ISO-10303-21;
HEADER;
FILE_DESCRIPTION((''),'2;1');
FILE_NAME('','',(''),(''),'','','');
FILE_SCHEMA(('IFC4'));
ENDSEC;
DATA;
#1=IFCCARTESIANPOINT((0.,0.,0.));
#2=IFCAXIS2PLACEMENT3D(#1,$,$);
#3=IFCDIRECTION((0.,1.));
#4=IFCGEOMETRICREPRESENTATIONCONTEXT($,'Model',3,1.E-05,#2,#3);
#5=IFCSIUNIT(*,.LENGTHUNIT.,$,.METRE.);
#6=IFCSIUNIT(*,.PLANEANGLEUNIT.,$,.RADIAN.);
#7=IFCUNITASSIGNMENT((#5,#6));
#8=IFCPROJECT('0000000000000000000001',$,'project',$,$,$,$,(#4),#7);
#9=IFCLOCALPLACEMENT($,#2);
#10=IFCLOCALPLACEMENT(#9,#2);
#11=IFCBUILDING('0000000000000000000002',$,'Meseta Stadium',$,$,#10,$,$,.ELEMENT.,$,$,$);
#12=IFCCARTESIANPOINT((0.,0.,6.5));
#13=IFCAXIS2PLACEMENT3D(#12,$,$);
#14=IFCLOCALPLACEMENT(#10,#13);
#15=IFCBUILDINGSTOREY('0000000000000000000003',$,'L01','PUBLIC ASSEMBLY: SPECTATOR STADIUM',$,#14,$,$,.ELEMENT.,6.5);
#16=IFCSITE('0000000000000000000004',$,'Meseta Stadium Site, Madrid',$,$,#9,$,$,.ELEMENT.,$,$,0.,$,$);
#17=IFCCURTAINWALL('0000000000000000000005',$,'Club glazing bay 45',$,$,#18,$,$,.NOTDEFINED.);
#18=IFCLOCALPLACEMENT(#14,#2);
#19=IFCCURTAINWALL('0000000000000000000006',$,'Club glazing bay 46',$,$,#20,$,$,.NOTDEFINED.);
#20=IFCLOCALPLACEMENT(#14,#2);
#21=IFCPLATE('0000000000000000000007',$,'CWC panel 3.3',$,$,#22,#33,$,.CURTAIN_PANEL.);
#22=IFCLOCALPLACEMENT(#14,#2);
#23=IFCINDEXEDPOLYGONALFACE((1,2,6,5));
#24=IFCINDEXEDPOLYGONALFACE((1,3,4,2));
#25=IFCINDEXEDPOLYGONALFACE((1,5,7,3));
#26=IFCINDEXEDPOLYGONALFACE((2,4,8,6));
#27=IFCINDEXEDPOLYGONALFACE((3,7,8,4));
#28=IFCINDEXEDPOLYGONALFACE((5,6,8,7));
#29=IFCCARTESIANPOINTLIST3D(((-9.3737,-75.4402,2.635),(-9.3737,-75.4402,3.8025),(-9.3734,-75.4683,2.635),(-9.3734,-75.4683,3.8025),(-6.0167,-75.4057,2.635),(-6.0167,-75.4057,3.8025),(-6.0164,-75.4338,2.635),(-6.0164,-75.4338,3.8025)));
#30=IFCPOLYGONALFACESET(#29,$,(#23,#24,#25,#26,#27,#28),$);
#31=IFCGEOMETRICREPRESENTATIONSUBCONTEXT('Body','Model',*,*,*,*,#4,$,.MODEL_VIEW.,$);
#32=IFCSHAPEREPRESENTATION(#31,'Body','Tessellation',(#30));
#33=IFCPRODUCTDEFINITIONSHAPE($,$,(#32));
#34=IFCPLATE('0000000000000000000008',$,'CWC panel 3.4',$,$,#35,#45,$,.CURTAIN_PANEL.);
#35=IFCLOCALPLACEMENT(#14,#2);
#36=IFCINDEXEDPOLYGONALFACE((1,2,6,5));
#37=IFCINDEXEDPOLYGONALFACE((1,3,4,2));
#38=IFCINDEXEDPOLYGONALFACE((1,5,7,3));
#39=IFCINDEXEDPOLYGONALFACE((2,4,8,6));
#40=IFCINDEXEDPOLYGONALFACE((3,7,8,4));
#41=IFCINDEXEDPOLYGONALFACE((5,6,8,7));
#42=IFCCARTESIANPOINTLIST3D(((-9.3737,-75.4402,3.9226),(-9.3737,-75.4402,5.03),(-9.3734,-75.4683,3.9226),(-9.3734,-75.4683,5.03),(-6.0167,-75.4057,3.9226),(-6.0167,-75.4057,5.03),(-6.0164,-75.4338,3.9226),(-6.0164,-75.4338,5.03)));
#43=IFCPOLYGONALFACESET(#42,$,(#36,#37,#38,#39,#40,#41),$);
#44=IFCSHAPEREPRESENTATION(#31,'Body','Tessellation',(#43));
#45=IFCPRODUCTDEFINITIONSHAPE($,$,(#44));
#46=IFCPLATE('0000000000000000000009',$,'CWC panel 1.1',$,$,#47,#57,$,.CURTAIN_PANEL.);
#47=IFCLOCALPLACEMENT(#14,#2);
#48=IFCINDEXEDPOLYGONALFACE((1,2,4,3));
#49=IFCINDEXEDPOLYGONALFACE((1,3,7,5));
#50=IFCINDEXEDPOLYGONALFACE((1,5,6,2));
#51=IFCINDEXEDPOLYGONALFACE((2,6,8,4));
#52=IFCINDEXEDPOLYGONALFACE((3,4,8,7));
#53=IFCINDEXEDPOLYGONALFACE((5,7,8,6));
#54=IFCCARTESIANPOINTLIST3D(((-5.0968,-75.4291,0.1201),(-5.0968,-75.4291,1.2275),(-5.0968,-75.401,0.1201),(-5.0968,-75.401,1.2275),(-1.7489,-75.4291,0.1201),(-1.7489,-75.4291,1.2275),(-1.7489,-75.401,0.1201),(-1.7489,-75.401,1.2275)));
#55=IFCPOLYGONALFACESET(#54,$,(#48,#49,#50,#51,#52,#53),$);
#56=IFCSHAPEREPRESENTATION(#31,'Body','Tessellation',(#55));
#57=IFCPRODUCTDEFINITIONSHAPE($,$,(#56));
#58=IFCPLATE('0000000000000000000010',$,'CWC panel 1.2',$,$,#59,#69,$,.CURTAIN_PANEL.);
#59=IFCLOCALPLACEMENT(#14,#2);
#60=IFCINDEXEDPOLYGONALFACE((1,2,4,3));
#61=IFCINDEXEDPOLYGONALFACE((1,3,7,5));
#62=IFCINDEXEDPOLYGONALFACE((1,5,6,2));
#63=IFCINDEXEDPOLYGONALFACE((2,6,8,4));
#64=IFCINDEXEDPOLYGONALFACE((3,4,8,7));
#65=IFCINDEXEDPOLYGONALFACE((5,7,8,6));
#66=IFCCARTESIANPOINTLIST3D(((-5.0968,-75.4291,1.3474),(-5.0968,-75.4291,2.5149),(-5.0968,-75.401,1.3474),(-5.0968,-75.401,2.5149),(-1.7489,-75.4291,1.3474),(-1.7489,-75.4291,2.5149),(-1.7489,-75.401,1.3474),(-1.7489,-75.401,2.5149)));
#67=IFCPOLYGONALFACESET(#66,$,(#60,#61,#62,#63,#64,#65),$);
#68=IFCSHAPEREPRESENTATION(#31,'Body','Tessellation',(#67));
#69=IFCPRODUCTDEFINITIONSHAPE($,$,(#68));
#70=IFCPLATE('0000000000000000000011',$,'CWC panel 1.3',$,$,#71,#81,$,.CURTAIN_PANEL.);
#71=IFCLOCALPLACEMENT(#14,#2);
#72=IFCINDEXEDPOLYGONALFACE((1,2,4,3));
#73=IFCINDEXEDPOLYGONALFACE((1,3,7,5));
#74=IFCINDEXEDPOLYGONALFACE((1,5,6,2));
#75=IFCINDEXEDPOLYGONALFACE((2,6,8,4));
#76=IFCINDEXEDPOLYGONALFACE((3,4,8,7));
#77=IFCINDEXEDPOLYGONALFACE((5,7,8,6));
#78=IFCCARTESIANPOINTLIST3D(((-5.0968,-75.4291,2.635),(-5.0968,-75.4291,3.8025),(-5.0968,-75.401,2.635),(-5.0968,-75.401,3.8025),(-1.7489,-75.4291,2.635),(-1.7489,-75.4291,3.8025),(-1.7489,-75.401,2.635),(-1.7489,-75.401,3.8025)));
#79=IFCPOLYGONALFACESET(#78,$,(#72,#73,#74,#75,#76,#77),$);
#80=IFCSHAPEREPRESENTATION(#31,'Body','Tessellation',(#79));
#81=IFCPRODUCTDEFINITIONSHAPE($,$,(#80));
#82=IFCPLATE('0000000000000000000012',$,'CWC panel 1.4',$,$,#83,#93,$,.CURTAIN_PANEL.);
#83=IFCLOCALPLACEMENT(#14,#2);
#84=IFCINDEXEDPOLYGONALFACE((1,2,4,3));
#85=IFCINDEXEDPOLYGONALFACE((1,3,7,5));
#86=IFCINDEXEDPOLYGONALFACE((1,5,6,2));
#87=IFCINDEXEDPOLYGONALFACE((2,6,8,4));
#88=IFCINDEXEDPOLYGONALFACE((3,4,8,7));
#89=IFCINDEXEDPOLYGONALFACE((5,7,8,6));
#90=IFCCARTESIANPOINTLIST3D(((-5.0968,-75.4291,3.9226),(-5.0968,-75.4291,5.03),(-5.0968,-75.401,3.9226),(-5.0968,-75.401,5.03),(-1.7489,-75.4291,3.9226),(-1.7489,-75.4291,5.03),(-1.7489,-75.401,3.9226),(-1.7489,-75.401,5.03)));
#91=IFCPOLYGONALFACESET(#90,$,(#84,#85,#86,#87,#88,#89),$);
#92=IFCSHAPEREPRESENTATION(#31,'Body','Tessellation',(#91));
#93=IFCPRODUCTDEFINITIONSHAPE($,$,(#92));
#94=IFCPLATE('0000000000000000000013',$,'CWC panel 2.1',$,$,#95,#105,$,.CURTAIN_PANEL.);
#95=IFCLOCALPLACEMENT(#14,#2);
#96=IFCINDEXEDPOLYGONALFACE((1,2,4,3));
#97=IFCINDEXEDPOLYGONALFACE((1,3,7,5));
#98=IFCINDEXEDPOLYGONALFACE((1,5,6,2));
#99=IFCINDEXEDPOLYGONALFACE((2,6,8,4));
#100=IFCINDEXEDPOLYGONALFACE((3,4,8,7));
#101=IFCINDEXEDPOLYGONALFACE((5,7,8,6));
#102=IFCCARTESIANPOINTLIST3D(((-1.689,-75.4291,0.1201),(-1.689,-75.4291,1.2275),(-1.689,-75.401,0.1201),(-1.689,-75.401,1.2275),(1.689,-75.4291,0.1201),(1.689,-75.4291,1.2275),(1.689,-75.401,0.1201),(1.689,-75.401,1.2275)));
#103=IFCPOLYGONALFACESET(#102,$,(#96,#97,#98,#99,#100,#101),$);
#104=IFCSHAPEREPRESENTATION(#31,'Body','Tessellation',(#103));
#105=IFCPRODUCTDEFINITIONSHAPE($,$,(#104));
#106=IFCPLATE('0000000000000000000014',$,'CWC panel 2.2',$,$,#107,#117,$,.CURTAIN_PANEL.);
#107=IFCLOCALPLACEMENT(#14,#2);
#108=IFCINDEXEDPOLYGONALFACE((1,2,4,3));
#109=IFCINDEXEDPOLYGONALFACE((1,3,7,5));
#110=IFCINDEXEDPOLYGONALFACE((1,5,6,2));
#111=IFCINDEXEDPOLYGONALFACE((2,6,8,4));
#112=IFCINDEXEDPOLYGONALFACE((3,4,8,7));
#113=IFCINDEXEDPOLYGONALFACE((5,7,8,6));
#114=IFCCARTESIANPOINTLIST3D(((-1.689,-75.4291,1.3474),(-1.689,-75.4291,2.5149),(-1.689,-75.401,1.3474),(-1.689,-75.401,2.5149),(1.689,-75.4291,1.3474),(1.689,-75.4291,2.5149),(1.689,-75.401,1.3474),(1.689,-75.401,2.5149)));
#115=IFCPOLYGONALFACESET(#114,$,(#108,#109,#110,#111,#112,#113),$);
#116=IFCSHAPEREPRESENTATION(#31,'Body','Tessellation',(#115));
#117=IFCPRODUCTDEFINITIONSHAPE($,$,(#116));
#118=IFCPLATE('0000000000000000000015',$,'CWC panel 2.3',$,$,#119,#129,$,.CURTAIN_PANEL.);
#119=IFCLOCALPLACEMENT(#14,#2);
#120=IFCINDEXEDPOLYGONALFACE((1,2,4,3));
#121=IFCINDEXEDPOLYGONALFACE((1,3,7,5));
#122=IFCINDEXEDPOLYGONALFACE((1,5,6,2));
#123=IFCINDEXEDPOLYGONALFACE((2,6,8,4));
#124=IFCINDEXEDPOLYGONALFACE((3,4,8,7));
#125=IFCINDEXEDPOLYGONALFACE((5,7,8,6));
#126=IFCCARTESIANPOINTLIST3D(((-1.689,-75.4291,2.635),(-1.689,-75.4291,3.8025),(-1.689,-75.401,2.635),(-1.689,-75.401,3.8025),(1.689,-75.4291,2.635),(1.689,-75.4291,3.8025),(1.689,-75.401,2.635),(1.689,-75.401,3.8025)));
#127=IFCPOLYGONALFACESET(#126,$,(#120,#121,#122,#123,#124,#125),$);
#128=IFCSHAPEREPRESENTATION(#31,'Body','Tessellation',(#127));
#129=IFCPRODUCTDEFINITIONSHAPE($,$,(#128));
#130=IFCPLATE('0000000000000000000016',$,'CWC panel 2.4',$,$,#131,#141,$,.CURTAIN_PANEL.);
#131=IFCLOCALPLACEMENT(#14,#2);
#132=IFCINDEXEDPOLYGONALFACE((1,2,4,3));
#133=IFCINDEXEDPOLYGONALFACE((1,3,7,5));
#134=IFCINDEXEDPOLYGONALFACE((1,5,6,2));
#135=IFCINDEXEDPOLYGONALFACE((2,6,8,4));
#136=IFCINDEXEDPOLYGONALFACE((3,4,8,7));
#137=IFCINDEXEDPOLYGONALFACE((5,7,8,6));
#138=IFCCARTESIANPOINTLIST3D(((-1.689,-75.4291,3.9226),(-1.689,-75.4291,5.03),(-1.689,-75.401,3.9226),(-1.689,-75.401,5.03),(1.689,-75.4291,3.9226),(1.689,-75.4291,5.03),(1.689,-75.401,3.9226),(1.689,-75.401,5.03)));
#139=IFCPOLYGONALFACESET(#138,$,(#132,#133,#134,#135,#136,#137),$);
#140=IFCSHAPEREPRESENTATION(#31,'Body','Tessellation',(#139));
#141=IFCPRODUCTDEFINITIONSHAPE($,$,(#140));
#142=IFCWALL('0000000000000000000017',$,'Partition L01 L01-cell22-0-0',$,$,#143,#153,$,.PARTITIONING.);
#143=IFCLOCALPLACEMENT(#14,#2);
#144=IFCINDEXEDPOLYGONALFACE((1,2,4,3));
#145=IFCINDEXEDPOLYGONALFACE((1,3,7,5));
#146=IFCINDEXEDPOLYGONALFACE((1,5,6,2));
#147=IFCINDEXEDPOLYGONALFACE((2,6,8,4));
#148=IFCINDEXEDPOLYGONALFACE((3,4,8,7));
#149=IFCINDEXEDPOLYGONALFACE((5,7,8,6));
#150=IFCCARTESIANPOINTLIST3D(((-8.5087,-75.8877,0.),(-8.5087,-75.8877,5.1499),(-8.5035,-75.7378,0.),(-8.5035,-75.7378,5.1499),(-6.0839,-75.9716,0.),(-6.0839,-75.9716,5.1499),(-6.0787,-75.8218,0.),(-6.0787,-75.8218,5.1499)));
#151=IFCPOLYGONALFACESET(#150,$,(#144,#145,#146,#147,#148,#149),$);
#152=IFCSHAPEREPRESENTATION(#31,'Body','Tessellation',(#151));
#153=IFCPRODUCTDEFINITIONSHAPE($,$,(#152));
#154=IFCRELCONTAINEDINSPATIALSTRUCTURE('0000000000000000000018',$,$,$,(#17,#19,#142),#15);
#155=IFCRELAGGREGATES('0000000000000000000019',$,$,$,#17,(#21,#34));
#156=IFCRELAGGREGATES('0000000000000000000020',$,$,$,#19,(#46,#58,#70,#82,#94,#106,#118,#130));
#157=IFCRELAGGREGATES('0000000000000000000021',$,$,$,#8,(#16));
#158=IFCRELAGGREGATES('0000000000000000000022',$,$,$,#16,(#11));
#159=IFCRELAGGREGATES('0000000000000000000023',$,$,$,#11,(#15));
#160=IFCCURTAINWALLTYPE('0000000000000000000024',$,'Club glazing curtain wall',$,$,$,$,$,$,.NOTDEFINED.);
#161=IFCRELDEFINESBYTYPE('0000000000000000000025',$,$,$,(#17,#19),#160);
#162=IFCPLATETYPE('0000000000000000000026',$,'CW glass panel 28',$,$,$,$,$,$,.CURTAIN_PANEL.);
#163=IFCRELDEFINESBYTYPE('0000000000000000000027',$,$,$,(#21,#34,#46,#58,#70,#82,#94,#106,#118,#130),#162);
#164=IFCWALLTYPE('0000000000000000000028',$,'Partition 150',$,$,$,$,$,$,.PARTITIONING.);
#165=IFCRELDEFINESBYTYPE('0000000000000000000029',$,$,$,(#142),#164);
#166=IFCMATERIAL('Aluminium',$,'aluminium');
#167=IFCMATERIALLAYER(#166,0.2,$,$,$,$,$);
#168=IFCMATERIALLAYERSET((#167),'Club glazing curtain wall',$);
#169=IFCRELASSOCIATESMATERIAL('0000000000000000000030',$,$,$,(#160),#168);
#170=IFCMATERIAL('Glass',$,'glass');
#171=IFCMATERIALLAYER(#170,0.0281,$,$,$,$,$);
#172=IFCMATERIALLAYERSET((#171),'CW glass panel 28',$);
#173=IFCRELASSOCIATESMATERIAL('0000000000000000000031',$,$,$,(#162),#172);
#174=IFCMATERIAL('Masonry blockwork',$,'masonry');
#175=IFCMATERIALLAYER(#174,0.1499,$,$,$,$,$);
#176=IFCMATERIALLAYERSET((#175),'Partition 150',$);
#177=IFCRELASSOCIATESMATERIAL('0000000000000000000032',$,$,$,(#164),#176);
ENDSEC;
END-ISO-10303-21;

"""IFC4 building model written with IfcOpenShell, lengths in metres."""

from ifc_helpers import new_model, si_unit, direction, frame, frame_2d, origin, origin_2d, place, context, subcontext, project, spatial, rectangle, extrude, material, layer, layer_set, type_object, element, aggregate, save


model = new_model("IFC4")

# Units and contexts
model_context = context("Model", 3, precision=1e-05, world=origin(), true_north=direction((0.0, 1.0)))
body_context = subcontext(model_context, "Body", "Model", "MODEL_VIEW")
ifc_project = project(units=[si_unit("LENGTHUNIT", "METRE"), si_unit("PLANEANGLEUNIT", "RADIAN")], contexts=[model_context])

# Site, building, storey
site_placement = place(None, origin())
site = spatial("IfcSite", under=ifc_project, at=site_placement, Name="Meseta Stadium Site, Madrid", CompositionType="ELEMENT", RefElevation=0.0)
building_placement = place(site_placement, origin())
building = spatial("IfcBuilding", under=site, at=building_placement, Name="Meseta Stadium", CompositionType="ELEMENT")
storey_placement = place(building_placement, frame((0.0, 0.0, 6.5)))
storey = spatial("IfcBuildingStorey", under=building, at=storey_placement, Name="L01", Description="PUBLIC ASSEMBLY: SPECTATOR STADIUM", CompositionType="ELEMENT", Elevation=6.5)

# Curtain walls
ifc_material_1 = material(Name="Aluminium", Category="aluminium")
ifc_layer_1 = layer(ifc_material_1, 0.2)
ifc_layer_set_1 = layer_set([ifc_layer_1], Name="Club glazing curtain wall")
curtain_wall_type = type_object("IfcCurtainWallType", Name="Club glazing curtain wall", PredefinedType="NOTDEFINED", material=ifc_layer_set_1)
curtain_wall_1_placement = place(storey_placement, origin())
curtain_wall_1 = element("IfcCurtainWall", 1, at=curtain_wall_1_placement, inside=storey, type_object=curtain_wall_type, Name="Club glazing bay 45", PredefinedType="NOTDEFINED")
curtain_wall_2_placement = place(storey_placement, origin())
curtain_wall_2 = element("IfcCurtainWall", 2, at=curtain_wall_2_placement, inside=storey, type_object=curtain_wall_type, Name="Club glazing bay 46", PredefinedType="NOTDEFINED")

# Plates
ifc_material_2 = material(Name="Glass", Category="glass")
ifc_layer_2 = layer(ifc_material_2, 0.0281)
ifc_layer_set_2 = layer_set([ifc_layer_2], Name="CW glass panel 28")
plate_type = type_object("IfcPlateType", Name="CW glass panel 28", PredefinedType="CURTAIN_PANEL", material=ifc_layer_set_2)
plate_1_placement = place(storey_placement, frame((-7.6951, -75.437, 2.635), z_axis=(0.0, 0.0, 1.0), x_axis=(0.999947, 0.010279, 0.0)))
plate_1 = element("IfcPlate", 3, at=plate_1_placement, type_object=plate_type, Name="CWC panel 3.3", PredefinedType="CURTAIN_PANEL", context=body_context, shape_type="SweptSolid", body=[
    extrude(rectangle(XDim=3.3572, YDim=0.0281, at=origin_2d()), origin(), (0.0, 0.0, 1.0), 1.1675),
])
plate_2_placement = place(storey_placement, frame((-7.6951, -75.437, 3.9226), z_axis=(0.0, 0.0, 1.0), x_axis=(0.999947, 0.010279, 0.0)))
plate_2 = element("IfcPlate", 4, at=plate_2_placement, type_object=plate_type, Name="CWC panel 3.4", PredefinedType="CURTAIN_PANEL", context=body_context, shape_type="SweptSolid", body=[
    extrude(rectangle(XDim=3.3572, YDim=0.0281, at=origin_2d()), origin(), (0.0, 0.0, 1.0), 1.1074),
])
aggregate(curtain_wall_1, [plate_1, plate_2])
plate_3_placement = place(storey_placement, frame((-3.4229, -75.415, 0.1201), z_axis=(0.0, 0.0, 1.0), x_axis=(1.0, 0.0, 0.0)))
plate_3 = element("IfcPlate", 5, at=plate_3_placement, type_object=plate_type, Name="CWC panel 1.1", PredefinedType="CURTAIN_PANEL", context=body_context, shape_type="SweptSolid", body=[
    extrude(rectangle(XDim=3.3479, YDim=0.0281, at=origin_2d()), origin(), (0.0, 0.0, 1.0), 1.1074),
])
plate_4_placement = place(storey_placement, frame((-3.4229, -75.415, 1.3474), z_axis=(0.0, 0.0, 1.0), x_axis=(1.0, 0.0, 0.0)))
plate_4 = element("IfcPlate", 6, at=plate_4_placement, type_object=plate_type, Name="CWC panel 1.2", PredefinedType="CURTAIN_PANEL", context=body_context, shape_type="SweptSolid", body=[
    extrude(rectangle(XDim=3.3479, YDim=0.0281, at=origin_2d()), origin(), (0.0, 0.0, 1.0), 1.1675),
])
plate_5_placement = place(storey_placement, frame((-3.4229, -75.415, 2.635), z_axis=(0.0, 0.0, 1.0), x_axis=(1.0, 0.0, 0.0)))
plate_5 = element("IfcPlate", 7, at=plate_5_placement, type_object=plate_type, Name="CWC panel 1.3", PredefinedType="CURTAIN_PANEL", context=body_context, shape_type="SweptSolid", body=[
    extrude(rectangle(XDim=3.3479, YDim=0.0281, at=origin_2d()), origin(), (0.0, 0.0, 1.0), 1.1675),
])
plate_6_placement = place(storey_placement, frame((-3.4229, -75.415, 3.9226), z_axis=(0.0, 0.0, 1.0), x_axis=(1.0, 0.0, 0.0)))
plate_6 = element("IfcPlate", 8, at=plate_6_placement, type_object=plate_type, Name="CWC panel 1.4", PredefinedType="CURTAIN_PANEL", context=body_context, shape_type="SweptSolid", body=[
    extrude(rectangle(XDim=3.3479, YDim=0.0281, at=origin_2d()), origin(), (0.0, 0.0, 1.0), 1.1074),
])
plate_7_placement = place(storey_placement, frame((0.0, -75.415, 0.1201), z_axis=(0.0, 0.0, 1.0), x_axis=(1.0, 0.0, 0.0)))
plate_7 = element("IfcPlate", 9, at=plate_7_placement, type_object=plate_type, Name="CWC panel 2.1", PredefinedType="CURTAIN_PANEL", context=body_context, shape_type="SweptSolid", body=[
    extrude(rectangle(XDim=3.3779, YDim=0.0281, at=origin_2d()), origin(), (0.0, 0.0, 1.0), 1.1074),
])
plate_8_placement = place(storey_placement, frame((0.0, -75.415, 1.3474), z_axis=(0.0, 0.0, 1.0), x_axis=(1.0, 0.0, 0.0)))
plate_8 = element("IfcPlate", 10, at=plate_8_placement, type_object=plate_type, Name="CWC panel 2.2", PredefinedType="CURTAIN_PANEL", context=body_context, shape_type="SweptSolid", body=[
    extrude(rectangle(XDim=3.3779, YDim=0.0281, at=origin_2d()), origin(), (0.0, 0.0, 1.0), 1.1675),
])
plate_9_placement = place(storey_placement, frame((0.0, -75.415, 2.635), z_axis=(0.0, 0.0, 1.0), x_axis=(1.0, 0.0, 0.0)))
plate_9 = element("IfcPlate", 11, at=plate_9_placement, type_object=plate_type, Name="CWC panel 2.3", PredefinedType="CURTAIN_PANEL", context=body_context, shape_type="SweptSolid", body=[
    extrude(rectangle(XDim=3.3779, YDim=0.0281, at=origin_2d()), origin(), (0.0, 0.0, 1.0), 1.1675),
])
plate_10_placement = place(storey_placement, frame((0.0, -75.415, 3.9226), z_axis=(0.0, 0.0, 1.0), x_axis=(1.0, 0.0, 0.0)))
plate_10 = element("IfcPlate", 12, at=plate_10_placement, type_object=plate_type, Name="CWC panel 2.4", PredefinedType="CURTAIN_PANEL", context=body_context, shape_type="SweptSolid", body=[
    extrude(rectangle(XDim=3.3779, YDim=0.0281, at=origin_2d()), origin(), (0.0, 0.0, 1.0), 1.1074),
])
aggregate(curtain_wall_2, [plate_3, plate_4, plate_5, plate_6, plate_7, plate_8, plate_9, plate_10])

# Wall
ifc_material_3 = material(Name="Masonry blockwork", Category="masonry")
ifc_layer_3 = layer(ifc_material_3, 0.1499)
ifc_layer_set_3 = layer_set([ifc_layer_3], Name="Partition 150")
wall_type = type_object("IfcWallType", Name="Partition 150", PredefinedType="PARTITIONING", material=ifc_layer_set_3)
wall_placement = place(storey_placement, frame((-8.5061, -75.8127, 0.0), z_axis=(0.0, 0.0, 1.0), x_axis=(0.999401, -0.034615, 0.0)))
element("IfcWall", 13, at=wall_placement, inside=storey, type_object=wall_type, Name="Partition L01 L01-cell22-0-0", PredefinedType="PARTITIONING", context=body_context, shape_type="SweptSolid", body=[
    extrude(rectangle(XDim=2.4263, YDim=0.1499, at=frame_2d((1.2131, 0.0))), origin(), (0.0, 0.0, 1.0), 5.1499),
])

save(model, "model.ifc")
